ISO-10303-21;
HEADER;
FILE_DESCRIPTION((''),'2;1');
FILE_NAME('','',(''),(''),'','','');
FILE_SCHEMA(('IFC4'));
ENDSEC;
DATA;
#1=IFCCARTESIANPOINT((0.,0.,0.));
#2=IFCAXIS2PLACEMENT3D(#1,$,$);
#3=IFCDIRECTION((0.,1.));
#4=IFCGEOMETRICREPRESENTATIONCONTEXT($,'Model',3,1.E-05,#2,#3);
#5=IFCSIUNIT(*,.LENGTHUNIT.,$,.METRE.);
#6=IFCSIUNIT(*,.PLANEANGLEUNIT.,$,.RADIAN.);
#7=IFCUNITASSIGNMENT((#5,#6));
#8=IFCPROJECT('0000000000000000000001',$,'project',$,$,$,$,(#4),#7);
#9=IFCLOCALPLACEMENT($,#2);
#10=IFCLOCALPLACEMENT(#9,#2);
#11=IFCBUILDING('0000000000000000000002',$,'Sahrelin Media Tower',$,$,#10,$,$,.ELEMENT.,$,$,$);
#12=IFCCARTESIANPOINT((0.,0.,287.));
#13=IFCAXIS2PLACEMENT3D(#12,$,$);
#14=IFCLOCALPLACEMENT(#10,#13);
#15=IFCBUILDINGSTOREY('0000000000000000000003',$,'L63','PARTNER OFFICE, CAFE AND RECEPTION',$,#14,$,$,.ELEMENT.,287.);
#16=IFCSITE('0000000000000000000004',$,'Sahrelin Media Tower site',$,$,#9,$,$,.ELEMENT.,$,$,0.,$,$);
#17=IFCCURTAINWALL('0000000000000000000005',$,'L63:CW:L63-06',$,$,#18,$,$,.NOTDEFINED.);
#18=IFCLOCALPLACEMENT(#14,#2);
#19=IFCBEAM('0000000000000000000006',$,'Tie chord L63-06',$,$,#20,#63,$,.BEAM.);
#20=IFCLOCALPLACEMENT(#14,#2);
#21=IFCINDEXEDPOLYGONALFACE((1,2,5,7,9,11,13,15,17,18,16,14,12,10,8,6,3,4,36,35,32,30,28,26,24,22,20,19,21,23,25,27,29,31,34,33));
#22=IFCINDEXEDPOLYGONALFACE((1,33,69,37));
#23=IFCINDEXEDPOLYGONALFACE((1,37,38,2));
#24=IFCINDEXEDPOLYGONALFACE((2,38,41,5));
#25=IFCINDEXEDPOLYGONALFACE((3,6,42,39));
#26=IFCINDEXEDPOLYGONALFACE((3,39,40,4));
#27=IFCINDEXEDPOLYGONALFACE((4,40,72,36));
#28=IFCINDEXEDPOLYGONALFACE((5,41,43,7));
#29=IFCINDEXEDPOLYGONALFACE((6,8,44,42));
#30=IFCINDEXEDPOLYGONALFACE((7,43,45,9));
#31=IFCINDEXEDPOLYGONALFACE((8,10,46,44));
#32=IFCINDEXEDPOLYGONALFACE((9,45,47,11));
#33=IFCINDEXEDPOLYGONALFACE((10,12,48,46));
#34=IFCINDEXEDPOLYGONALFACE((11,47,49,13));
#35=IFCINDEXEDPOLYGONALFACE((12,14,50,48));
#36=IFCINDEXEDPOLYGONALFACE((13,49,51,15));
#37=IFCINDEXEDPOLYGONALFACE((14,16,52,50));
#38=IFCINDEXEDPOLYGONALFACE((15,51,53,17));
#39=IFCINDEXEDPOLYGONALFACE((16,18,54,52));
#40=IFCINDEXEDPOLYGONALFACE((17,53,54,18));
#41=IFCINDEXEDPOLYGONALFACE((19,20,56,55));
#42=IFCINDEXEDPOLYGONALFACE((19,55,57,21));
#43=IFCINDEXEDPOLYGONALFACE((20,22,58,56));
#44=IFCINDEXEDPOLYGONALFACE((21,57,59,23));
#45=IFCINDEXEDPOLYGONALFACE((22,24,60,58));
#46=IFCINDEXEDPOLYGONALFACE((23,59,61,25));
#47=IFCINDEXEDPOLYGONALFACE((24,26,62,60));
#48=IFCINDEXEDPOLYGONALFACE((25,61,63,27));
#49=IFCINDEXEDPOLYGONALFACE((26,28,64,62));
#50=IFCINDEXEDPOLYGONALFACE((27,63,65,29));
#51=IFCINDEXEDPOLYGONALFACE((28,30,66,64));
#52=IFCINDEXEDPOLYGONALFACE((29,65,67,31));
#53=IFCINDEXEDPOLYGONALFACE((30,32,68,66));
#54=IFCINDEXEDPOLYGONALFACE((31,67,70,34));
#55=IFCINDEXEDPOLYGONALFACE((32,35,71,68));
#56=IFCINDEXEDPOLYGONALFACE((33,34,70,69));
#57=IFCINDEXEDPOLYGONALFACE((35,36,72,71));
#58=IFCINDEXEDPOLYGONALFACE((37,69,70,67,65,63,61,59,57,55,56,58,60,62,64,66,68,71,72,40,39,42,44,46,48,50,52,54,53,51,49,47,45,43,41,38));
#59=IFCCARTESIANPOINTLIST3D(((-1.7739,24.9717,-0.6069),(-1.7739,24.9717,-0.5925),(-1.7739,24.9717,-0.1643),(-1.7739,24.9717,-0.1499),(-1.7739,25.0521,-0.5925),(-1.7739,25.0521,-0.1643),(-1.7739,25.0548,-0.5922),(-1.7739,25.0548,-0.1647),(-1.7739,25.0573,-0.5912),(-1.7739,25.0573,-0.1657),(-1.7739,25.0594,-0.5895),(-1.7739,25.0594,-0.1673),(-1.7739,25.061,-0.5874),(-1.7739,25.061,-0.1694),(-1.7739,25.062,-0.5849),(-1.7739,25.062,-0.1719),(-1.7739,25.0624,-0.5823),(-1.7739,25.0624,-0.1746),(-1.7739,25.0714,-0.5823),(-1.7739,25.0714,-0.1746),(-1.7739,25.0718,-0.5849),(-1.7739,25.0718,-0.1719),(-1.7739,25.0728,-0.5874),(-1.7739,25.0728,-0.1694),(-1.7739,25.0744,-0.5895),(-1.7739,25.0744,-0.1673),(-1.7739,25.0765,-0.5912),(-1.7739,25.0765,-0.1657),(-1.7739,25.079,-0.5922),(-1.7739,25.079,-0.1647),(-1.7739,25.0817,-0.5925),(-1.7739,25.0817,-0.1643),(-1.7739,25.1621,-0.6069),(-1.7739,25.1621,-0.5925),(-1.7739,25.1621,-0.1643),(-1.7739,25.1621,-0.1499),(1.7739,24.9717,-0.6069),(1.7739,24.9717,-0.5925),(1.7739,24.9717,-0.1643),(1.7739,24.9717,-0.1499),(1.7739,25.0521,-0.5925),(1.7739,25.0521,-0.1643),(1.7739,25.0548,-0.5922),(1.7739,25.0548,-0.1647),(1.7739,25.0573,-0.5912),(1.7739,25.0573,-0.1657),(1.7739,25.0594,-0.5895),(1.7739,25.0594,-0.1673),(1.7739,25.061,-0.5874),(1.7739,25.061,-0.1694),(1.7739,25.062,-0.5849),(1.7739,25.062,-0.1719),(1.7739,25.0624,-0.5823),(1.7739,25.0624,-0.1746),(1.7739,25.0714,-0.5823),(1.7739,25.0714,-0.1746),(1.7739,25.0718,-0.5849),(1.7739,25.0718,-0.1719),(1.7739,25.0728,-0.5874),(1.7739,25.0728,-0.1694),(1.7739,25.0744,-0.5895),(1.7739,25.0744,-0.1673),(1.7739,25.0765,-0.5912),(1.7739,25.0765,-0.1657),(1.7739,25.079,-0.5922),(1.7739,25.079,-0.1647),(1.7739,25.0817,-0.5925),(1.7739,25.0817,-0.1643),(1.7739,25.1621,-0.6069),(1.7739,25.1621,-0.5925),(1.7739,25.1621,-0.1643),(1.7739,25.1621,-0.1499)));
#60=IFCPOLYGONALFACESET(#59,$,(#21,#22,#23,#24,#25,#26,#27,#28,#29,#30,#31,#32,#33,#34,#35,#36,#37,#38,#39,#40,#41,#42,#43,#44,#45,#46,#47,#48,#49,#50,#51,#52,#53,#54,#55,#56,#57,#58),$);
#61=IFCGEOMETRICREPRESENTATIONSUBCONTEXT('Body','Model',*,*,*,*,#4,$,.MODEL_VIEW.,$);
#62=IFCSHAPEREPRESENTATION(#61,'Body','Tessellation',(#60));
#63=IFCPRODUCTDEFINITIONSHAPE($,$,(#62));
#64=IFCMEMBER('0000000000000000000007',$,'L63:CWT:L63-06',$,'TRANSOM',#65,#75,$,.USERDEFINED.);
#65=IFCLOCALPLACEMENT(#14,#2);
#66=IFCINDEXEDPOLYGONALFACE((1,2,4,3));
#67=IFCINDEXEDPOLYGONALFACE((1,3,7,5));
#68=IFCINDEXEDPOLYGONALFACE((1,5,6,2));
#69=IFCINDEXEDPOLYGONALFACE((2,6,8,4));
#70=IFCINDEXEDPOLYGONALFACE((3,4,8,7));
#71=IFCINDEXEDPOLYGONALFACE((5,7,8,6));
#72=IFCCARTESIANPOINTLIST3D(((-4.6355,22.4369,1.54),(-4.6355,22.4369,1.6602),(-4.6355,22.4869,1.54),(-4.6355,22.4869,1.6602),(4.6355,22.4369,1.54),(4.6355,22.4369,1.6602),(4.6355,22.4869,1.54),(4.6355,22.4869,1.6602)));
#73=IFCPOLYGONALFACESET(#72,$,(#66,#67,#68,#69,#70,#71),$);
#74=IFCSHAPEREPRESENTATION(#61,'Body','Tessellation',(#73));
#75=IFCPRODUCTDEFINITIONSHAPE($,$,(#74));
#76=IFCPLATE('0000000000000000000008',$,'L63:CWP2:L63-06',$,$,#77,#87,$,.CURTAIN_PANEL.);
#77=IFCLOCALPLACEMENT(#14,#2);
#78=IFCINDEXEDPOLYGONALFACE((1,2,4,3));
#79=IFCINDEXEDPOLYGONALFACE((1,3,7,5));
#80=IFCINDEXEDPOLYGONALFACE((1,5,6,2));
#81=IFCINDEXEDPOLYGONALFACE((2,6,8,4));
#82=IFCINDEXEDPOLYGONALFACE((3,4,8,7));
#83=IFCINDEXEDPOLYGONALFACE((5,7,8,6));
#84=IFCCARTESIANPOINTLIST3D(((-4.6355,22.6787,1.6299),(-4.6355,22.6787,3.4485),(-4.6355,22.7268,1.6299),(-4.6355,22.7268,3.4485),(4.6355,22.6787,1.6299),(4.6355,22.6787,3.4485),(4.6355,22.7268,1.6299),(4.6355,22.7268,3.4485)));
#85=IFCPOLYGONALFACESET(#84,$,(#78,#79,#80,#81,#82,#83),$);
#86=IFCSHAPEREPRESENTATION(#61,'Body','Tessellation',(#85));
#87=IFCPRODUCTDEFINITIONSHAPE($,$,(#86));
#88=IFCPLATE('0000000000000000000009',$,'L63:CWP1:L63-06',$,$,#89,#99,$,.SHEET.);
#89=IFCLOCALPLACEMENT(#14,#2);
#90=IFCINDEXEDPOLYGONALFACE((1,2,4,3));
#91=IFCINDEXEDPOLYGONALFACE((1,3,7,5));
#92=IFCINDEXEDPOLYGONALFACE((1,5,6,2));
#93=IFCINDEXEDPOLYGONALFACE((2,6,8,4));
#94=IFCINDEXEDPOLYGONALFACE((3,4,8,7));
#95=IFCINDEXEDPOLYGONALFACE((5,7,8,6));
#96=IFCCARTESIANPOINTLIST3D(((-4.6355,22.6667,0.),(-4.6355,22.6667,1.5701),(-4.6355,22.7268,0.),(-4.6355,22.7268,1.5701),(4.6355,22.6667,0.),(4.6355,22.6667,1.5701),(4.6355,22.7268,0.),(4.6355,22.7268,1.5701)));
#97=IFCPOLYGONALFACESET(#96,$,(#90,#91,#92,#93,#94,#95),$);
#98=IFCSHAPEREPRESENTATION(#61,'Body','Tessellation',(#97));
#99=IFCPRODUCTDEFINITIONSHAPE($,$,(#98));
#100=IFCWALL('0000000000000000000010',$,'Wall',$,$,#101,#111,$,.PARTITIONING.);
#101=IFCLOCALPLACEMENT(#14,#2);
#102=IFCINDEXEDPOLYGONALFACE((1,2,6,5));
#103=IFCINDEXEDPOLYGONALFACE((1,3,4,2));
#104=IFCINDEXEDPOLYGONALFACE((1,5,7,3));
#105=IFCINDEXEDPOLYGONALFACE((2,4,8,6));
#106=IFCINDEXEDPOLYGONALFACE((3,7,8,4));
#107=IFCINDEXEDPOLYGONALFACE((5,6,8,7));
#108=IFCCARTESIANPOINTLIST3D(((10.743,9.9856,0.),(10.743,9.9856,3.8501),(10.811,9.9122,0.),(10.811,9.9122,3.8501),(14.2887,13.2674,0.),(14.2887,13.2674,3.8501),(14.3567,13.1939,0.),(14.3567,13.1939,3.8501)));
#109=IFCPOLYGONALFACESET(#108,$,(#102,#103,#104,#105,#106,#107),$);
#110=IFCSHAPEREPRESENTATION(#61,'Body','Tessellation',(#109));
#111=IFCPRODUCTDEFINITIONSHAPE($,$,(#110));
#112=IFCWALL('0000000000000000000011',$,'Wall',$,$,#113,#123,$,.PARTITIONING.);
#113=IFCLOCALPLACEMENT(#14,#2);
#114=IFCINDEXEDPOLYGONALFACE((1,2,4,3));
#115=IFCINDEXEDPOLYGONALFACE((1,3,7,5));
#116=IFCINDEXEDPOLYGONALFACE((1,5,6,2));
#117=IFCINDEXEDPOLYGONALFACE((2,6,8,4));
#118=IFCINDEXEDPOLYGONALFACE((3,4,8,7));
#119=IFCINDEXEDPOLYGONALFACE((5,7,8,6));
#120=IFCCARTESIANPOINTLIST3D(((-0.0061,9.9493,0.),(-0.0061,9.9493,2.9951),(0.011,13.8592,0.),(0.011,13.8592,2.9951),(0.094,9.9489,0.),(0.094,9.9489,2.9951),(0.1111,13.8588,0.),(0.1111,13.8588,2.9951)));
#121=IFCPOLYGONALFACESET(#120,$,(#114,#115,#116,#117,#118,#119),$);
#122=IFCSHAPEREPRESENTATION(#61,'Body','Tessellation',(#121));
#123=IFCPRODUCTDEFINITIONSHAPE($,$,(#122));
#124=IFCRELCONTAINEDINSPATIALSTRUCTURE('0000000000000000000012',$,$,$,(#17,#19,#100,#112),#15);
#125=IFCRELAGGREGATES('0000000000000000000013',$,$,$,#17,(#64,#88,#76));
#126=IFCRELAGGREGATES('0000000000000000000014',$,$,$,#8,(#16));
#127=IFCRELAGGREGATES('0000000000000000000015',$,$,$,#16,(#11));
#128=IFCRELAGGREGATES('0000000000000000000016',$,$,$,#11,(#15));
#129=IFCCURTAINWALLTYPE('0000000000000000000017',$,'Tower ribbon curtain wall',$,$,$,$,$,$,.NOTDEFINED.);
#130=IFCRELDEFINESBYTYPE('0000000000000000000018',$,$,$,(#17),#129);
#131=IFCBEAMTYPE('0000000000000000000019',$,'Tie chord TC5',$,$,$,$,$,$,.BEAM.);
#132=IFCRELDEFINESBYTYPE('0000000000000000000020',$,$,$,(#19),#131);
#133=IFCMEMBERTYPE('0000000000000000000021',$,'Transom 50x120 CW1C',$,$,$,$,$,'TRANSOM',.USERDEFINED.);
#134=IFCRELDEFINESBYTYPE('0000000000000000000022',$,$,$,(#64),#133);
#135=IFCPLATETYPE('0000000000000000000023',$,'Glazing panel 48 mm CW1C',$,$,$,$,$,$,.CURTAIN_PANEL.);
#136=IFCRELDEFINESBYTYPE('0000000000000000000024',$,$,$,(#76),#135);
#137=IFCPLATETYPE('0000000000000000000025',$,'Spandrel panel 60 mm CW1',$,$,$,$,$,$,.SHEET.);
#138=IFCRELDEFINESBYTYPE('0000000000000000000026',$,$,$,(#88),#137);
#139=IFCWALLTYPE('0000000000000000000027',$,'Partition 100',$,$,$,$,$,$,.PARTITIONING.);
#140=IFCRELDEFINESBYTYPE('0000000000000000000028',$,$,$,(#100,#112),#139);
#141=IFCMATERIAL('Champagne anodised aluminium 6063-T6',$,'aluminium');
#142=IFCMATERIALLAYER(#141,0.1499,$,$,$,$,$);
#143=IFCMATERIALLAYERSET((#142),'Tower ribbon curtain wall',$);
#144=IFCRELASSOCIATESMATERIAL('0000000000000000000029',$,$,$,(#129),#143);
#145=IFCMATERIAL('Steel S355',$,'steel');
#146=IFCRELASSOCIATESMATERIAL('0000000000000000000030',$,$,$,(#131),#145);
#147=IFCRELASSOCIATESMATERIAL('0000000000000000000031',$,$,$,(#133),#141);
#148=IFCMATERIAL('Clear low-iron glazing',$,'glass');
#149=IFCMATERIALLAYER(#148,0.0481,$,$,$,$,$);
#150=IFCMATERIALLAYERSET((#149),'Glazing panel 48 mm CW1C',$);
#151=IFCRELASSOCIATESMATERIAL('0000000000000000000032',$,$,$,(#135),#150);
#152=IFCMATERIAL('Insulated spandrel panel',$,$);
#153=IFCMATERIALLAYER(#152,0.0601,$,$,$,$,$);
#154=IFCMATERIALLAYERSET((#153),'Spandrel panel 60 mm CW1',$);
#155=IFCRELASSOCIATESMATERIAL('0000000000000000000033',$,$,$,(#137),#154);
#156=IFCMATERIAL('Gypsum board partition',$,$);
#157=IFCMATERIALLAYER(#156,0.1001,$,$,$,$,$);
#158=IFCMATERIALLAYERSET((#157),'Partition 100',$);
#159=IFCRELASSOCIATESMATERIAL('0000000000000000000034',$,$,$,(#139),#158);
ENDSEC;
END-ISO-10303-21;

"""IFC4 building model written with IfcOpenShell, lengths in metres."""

from ifc_helpers import new_model, si_unit, direction, frame, frame_2d, origin, origin_2d, place, context, subcontext, project, spatial, polyline, rectangle, i_section, outline, extrude, material, layer, layer_set, material_profile, profile_set, type_object, element, aggregate, save


model = new_model("IFC4")

# Units and contexts
model_context = context("Model", 3, precision=1e-05, world=origin(), true_north=direction((0.0, 1.0)))
body_context = subcontext(model_context, "Body", "Model", "MODEL_VIEW")
ifc_project = project(units=[si_unit("LENGTHUNIT", "METRE"), si_unit("PLANEANGLEUNIT", "RADIAN")], contexts=[model_context])

# Site, building, storey
site_placement = place(None, origin())
site = spatial("IfcSite", under=ifc_project, at=site_placement, Name="Sahrelin Media Tower site", CompositionType="ELEMENT", RefElevation=0.0)
building_placement = place(site_placement, origin())
building = spatial("IfcBuilding", under=site, at=building_placement, Name="Sahrelin Media Tower", CompositionType="ELEMENT")
storey_placement = place(building_placement, frame((0.0, 0.0, 287.0)))
storey = spatial("IfcBuildingStorey", under=building, at=storey_placement, Name="L63", Description="PARTNER OFFICE, CAFE AND RECEPTION", CompositionType="ELEMENT", Elevation=287.0)

# Shared definitions
ifc_material_1 = material(Name="Steel S355", Category="steel")

# Curtain wall
ifc_material_2 = material(Name="Champagne anodised aluminium 6063-T6", Category="aluminium")
ifc_layer_1 = layer(ifc_material_2, 0.1499)
ifc_layer_set_1 = layer_set([ifc_layer_1], Name="Tower ribbon curtain wall")
curtain_wall_type = type_object("IfcCurtainWallType", Name="Tower ribbon curtain wall", PredefinedType="NOTDEFINED", material=ifc_layer_set_1)
placement_1 = place(storey_placement, frame((0.0, 22.7068, 0.0), z_axis=(0.0, 0.0, 1.0), x_axis=(1.0, 0.0, 0.0)))
curtain_wall_1 = element("IfcCurtainWall", 1, at=placement_1, inside=storey, type_object=curtain_wall_type, Name="L63:CW:L63-06", PredefinedType="NOTDEFINED")

# Beam
ifc_material_profile_1 = material_profile(ifc_material_1, i_section(OverallWidth=0.1904, OverallDepth=0.457, WebThickness=0.009, FlangeThickness=0.0144, FilletRadius=0.0103, at=origin_2d()), Name="UB 457x191x74")
ifc_profile_set_1 = profile_set([ifc_material_profile_1], Name="Steel S355")
beam_type_1 = type_object("IfcBeamType", Name="Tie chord TC5", PredefinedType="BEAM", material=ifc_profile_set_1)
beam_1_placement = place(storey_placement, frame((1.7739, 25.0669, -0.3784), z_axis=(-1.0, 0.0, 0.0), x_axis=(0.0, -1.0, 0.0)))
element("IfcBeam", 2, at=beam_1_placement, inside=storey, type_object=beam_type_1, Name="Tie chord L63-06", PredefinedType="BEAM", context=body_context, shape_type="SweptSolid", body=[
    extrude(i_section(OverallWidth=0.1904, OverallDepth=0.457, WebThickness=0.009, FlangeThickness=0.0144, FilletRadius=0.0103, at=origin_2d()), origin(), (0.0, 0.0, 1.0), 3.5479),
])

# Member
ifc_material_profile_2 = material_profile(ifc_material_2, rectangle(XDim=0.05, YDim=0.1201, at=origin_2d()), Name="Transom 50x120")
ifc_profile_set_2 = profile_set([ifc_material_profile_2], Name="Champagne anodised aluminium 6063-T6")
member_type_1 = type_object("IfcMemberType", Name="Transom 50x120 CW1C", ElementType="TRANSOM", PredefinedType="USERDEFINED", material=ifc_profile_set_2)
member_1_placement = place(storey_placement, frame((4.6355, 22.4619, 1.6001), z_axis=(-1.0, 0.0, 0.0), x_axis=(0.0, -1.0, 0.0)))
member_1 = element("IfcMember", 3, at=member_1_placement, type_object=member_type_1, Name="L63:CWT:L63-06", ObjectType="TRANSOM", PredefinedType="USERDEFINED", context=body_context, shape_type="SweptSolid", body=[
    extrude(rectangle(XDim=0.05, YDim=0.1201, at=origin_2d()), origin(), (0.0, 0.0, 1.0), 9.271),
])

# Plates
ifc_material_3 = material(Name="Clear low-iron glazing", Category="glass")
ifc_layer_2 = layer(ifc_material_3, 0.0481)
ifc_layer_set_2 = layer_set([ifc_layer_2], Name="Glazing panel 48 mm CW1C")
plate_type_1 = type_object("IfcPlateType", Name="Glazing panel 48 mm CW1C", PredefinedType="CURTAIN_PANEL", material=ifc_layer_set_2)
plate_1_placement = place(storey_placement, frame((4.6355, 22.7268, 1.6299), z_axis=(0.0, 1.0, 0.0), x_axis=(-1.0, 0.0, 0.0)))
plate_1 = element("IfcPlate", 4, at=plate_1_placement, type_object=plate_type_1, Name="L63:CWP2:L63-06", PredefinedType="CURTAIN_PANEL", context=body_context, shape_type="SweptSolid", body=[
    extrude(outline(polyline([(0.0, 0.0), (9.271, 0.0), (9.271, 1.8186), (0.0, 1.8186), (0.0, 0.0)])), origin(), (0.0, 0.0, -1.0), 0.0481),
])
ifc_material_4 = material(Name="Insulated spandrel panel")
ifc_layer_3 = layer(ifc_material_4, 0.0601)
ifc_layer_set_3 = layer_set([ifc_layer_3], Name="Spandrel panel 60 mm CW1")
plate_type_2 = type_object("IfcPlateType", Name="Spandrel panel 60 mm CW1", PredefinedType="SHEET", material=ifc_layer_set_3)
plate_2_placement = place(storey_placement, frame((4.6355, 22.7268, 0.0), z_axis=(0.0, 1.0, 0.0), x_axis=(-1.0, 0.0, 0.0)))
plate_2 = element("IfcPlate", 5, at=plate_2_placement, type_object=plate_type_2, Name="L63:CWP1:L63-06", PredefinedType="SHEET", context=body_context, shape_type="SweptSolid", body=[
    extrude(outline(polyline([(0.0, 0.0), (9.271, 0.0), (9.271, 1.5701), (0.0, 1.5701), (0.0, 0.0)])), origin(), (0.0, 0.0, -1.0), 0.0601),
])
aggregate(curtain_wall_1, [member_1, plate_2, plate_1])

# Walls
ifc_material_5 = material(Name="Gypsum board partition")
ifc_layer_4 = layer(ifc_material_5, 0.1001)
ifc_layer_set_4 = layer_set([ifc_layer_4], Name="Partition 100")
wall_type = type_object("IfcWallType", Name="Partition 100", PredefinedType="PARTITIONING", material=ifc_layer_set_4)
wall_1_placement = place(storey_placement, frame((10.7771, 9.949, 0.0), z_axis=(0.0, 0.0, 1.0), x_axis=(0.733892, 0.679266, 0.0)))
element("IfcWall", 6, at=wall_1_placement, inside=storey, type_object=wall_type, Name="Wall", PredefinedType="PARTITIONING", context=body_context, shape_type="SweptSolid", body=[
    extrude(rectangle(XDim=4.8313, YDim=0.1001, at=frame_2d((2.4155, 0.0))), origin(), (0.0, 0.0, 1.0), 3.8501),
])
wall_2_placement = place(storey_placement, frame((0.0439, 9.949, 0.0), z_axis=(0.0, 0.0, 1.0), x_axis=(0.004371, 0.99999, 0.0)))
element("IfcWall", 7, at=wall_2_placement, inside=storey, type_object=wall_type, Name="Wall", PredefinedType="PARTITIONING", context=body_context, shape_type="SweptSolid", body=[
    extrude(rectangle(XDim=3.9099, YDim=0.1001, at=frame_2d((1.9551, 0.0))), origin(), (0.0, 0.0, 1.0), 2.9951),
])

save(model, "model.ifc")
